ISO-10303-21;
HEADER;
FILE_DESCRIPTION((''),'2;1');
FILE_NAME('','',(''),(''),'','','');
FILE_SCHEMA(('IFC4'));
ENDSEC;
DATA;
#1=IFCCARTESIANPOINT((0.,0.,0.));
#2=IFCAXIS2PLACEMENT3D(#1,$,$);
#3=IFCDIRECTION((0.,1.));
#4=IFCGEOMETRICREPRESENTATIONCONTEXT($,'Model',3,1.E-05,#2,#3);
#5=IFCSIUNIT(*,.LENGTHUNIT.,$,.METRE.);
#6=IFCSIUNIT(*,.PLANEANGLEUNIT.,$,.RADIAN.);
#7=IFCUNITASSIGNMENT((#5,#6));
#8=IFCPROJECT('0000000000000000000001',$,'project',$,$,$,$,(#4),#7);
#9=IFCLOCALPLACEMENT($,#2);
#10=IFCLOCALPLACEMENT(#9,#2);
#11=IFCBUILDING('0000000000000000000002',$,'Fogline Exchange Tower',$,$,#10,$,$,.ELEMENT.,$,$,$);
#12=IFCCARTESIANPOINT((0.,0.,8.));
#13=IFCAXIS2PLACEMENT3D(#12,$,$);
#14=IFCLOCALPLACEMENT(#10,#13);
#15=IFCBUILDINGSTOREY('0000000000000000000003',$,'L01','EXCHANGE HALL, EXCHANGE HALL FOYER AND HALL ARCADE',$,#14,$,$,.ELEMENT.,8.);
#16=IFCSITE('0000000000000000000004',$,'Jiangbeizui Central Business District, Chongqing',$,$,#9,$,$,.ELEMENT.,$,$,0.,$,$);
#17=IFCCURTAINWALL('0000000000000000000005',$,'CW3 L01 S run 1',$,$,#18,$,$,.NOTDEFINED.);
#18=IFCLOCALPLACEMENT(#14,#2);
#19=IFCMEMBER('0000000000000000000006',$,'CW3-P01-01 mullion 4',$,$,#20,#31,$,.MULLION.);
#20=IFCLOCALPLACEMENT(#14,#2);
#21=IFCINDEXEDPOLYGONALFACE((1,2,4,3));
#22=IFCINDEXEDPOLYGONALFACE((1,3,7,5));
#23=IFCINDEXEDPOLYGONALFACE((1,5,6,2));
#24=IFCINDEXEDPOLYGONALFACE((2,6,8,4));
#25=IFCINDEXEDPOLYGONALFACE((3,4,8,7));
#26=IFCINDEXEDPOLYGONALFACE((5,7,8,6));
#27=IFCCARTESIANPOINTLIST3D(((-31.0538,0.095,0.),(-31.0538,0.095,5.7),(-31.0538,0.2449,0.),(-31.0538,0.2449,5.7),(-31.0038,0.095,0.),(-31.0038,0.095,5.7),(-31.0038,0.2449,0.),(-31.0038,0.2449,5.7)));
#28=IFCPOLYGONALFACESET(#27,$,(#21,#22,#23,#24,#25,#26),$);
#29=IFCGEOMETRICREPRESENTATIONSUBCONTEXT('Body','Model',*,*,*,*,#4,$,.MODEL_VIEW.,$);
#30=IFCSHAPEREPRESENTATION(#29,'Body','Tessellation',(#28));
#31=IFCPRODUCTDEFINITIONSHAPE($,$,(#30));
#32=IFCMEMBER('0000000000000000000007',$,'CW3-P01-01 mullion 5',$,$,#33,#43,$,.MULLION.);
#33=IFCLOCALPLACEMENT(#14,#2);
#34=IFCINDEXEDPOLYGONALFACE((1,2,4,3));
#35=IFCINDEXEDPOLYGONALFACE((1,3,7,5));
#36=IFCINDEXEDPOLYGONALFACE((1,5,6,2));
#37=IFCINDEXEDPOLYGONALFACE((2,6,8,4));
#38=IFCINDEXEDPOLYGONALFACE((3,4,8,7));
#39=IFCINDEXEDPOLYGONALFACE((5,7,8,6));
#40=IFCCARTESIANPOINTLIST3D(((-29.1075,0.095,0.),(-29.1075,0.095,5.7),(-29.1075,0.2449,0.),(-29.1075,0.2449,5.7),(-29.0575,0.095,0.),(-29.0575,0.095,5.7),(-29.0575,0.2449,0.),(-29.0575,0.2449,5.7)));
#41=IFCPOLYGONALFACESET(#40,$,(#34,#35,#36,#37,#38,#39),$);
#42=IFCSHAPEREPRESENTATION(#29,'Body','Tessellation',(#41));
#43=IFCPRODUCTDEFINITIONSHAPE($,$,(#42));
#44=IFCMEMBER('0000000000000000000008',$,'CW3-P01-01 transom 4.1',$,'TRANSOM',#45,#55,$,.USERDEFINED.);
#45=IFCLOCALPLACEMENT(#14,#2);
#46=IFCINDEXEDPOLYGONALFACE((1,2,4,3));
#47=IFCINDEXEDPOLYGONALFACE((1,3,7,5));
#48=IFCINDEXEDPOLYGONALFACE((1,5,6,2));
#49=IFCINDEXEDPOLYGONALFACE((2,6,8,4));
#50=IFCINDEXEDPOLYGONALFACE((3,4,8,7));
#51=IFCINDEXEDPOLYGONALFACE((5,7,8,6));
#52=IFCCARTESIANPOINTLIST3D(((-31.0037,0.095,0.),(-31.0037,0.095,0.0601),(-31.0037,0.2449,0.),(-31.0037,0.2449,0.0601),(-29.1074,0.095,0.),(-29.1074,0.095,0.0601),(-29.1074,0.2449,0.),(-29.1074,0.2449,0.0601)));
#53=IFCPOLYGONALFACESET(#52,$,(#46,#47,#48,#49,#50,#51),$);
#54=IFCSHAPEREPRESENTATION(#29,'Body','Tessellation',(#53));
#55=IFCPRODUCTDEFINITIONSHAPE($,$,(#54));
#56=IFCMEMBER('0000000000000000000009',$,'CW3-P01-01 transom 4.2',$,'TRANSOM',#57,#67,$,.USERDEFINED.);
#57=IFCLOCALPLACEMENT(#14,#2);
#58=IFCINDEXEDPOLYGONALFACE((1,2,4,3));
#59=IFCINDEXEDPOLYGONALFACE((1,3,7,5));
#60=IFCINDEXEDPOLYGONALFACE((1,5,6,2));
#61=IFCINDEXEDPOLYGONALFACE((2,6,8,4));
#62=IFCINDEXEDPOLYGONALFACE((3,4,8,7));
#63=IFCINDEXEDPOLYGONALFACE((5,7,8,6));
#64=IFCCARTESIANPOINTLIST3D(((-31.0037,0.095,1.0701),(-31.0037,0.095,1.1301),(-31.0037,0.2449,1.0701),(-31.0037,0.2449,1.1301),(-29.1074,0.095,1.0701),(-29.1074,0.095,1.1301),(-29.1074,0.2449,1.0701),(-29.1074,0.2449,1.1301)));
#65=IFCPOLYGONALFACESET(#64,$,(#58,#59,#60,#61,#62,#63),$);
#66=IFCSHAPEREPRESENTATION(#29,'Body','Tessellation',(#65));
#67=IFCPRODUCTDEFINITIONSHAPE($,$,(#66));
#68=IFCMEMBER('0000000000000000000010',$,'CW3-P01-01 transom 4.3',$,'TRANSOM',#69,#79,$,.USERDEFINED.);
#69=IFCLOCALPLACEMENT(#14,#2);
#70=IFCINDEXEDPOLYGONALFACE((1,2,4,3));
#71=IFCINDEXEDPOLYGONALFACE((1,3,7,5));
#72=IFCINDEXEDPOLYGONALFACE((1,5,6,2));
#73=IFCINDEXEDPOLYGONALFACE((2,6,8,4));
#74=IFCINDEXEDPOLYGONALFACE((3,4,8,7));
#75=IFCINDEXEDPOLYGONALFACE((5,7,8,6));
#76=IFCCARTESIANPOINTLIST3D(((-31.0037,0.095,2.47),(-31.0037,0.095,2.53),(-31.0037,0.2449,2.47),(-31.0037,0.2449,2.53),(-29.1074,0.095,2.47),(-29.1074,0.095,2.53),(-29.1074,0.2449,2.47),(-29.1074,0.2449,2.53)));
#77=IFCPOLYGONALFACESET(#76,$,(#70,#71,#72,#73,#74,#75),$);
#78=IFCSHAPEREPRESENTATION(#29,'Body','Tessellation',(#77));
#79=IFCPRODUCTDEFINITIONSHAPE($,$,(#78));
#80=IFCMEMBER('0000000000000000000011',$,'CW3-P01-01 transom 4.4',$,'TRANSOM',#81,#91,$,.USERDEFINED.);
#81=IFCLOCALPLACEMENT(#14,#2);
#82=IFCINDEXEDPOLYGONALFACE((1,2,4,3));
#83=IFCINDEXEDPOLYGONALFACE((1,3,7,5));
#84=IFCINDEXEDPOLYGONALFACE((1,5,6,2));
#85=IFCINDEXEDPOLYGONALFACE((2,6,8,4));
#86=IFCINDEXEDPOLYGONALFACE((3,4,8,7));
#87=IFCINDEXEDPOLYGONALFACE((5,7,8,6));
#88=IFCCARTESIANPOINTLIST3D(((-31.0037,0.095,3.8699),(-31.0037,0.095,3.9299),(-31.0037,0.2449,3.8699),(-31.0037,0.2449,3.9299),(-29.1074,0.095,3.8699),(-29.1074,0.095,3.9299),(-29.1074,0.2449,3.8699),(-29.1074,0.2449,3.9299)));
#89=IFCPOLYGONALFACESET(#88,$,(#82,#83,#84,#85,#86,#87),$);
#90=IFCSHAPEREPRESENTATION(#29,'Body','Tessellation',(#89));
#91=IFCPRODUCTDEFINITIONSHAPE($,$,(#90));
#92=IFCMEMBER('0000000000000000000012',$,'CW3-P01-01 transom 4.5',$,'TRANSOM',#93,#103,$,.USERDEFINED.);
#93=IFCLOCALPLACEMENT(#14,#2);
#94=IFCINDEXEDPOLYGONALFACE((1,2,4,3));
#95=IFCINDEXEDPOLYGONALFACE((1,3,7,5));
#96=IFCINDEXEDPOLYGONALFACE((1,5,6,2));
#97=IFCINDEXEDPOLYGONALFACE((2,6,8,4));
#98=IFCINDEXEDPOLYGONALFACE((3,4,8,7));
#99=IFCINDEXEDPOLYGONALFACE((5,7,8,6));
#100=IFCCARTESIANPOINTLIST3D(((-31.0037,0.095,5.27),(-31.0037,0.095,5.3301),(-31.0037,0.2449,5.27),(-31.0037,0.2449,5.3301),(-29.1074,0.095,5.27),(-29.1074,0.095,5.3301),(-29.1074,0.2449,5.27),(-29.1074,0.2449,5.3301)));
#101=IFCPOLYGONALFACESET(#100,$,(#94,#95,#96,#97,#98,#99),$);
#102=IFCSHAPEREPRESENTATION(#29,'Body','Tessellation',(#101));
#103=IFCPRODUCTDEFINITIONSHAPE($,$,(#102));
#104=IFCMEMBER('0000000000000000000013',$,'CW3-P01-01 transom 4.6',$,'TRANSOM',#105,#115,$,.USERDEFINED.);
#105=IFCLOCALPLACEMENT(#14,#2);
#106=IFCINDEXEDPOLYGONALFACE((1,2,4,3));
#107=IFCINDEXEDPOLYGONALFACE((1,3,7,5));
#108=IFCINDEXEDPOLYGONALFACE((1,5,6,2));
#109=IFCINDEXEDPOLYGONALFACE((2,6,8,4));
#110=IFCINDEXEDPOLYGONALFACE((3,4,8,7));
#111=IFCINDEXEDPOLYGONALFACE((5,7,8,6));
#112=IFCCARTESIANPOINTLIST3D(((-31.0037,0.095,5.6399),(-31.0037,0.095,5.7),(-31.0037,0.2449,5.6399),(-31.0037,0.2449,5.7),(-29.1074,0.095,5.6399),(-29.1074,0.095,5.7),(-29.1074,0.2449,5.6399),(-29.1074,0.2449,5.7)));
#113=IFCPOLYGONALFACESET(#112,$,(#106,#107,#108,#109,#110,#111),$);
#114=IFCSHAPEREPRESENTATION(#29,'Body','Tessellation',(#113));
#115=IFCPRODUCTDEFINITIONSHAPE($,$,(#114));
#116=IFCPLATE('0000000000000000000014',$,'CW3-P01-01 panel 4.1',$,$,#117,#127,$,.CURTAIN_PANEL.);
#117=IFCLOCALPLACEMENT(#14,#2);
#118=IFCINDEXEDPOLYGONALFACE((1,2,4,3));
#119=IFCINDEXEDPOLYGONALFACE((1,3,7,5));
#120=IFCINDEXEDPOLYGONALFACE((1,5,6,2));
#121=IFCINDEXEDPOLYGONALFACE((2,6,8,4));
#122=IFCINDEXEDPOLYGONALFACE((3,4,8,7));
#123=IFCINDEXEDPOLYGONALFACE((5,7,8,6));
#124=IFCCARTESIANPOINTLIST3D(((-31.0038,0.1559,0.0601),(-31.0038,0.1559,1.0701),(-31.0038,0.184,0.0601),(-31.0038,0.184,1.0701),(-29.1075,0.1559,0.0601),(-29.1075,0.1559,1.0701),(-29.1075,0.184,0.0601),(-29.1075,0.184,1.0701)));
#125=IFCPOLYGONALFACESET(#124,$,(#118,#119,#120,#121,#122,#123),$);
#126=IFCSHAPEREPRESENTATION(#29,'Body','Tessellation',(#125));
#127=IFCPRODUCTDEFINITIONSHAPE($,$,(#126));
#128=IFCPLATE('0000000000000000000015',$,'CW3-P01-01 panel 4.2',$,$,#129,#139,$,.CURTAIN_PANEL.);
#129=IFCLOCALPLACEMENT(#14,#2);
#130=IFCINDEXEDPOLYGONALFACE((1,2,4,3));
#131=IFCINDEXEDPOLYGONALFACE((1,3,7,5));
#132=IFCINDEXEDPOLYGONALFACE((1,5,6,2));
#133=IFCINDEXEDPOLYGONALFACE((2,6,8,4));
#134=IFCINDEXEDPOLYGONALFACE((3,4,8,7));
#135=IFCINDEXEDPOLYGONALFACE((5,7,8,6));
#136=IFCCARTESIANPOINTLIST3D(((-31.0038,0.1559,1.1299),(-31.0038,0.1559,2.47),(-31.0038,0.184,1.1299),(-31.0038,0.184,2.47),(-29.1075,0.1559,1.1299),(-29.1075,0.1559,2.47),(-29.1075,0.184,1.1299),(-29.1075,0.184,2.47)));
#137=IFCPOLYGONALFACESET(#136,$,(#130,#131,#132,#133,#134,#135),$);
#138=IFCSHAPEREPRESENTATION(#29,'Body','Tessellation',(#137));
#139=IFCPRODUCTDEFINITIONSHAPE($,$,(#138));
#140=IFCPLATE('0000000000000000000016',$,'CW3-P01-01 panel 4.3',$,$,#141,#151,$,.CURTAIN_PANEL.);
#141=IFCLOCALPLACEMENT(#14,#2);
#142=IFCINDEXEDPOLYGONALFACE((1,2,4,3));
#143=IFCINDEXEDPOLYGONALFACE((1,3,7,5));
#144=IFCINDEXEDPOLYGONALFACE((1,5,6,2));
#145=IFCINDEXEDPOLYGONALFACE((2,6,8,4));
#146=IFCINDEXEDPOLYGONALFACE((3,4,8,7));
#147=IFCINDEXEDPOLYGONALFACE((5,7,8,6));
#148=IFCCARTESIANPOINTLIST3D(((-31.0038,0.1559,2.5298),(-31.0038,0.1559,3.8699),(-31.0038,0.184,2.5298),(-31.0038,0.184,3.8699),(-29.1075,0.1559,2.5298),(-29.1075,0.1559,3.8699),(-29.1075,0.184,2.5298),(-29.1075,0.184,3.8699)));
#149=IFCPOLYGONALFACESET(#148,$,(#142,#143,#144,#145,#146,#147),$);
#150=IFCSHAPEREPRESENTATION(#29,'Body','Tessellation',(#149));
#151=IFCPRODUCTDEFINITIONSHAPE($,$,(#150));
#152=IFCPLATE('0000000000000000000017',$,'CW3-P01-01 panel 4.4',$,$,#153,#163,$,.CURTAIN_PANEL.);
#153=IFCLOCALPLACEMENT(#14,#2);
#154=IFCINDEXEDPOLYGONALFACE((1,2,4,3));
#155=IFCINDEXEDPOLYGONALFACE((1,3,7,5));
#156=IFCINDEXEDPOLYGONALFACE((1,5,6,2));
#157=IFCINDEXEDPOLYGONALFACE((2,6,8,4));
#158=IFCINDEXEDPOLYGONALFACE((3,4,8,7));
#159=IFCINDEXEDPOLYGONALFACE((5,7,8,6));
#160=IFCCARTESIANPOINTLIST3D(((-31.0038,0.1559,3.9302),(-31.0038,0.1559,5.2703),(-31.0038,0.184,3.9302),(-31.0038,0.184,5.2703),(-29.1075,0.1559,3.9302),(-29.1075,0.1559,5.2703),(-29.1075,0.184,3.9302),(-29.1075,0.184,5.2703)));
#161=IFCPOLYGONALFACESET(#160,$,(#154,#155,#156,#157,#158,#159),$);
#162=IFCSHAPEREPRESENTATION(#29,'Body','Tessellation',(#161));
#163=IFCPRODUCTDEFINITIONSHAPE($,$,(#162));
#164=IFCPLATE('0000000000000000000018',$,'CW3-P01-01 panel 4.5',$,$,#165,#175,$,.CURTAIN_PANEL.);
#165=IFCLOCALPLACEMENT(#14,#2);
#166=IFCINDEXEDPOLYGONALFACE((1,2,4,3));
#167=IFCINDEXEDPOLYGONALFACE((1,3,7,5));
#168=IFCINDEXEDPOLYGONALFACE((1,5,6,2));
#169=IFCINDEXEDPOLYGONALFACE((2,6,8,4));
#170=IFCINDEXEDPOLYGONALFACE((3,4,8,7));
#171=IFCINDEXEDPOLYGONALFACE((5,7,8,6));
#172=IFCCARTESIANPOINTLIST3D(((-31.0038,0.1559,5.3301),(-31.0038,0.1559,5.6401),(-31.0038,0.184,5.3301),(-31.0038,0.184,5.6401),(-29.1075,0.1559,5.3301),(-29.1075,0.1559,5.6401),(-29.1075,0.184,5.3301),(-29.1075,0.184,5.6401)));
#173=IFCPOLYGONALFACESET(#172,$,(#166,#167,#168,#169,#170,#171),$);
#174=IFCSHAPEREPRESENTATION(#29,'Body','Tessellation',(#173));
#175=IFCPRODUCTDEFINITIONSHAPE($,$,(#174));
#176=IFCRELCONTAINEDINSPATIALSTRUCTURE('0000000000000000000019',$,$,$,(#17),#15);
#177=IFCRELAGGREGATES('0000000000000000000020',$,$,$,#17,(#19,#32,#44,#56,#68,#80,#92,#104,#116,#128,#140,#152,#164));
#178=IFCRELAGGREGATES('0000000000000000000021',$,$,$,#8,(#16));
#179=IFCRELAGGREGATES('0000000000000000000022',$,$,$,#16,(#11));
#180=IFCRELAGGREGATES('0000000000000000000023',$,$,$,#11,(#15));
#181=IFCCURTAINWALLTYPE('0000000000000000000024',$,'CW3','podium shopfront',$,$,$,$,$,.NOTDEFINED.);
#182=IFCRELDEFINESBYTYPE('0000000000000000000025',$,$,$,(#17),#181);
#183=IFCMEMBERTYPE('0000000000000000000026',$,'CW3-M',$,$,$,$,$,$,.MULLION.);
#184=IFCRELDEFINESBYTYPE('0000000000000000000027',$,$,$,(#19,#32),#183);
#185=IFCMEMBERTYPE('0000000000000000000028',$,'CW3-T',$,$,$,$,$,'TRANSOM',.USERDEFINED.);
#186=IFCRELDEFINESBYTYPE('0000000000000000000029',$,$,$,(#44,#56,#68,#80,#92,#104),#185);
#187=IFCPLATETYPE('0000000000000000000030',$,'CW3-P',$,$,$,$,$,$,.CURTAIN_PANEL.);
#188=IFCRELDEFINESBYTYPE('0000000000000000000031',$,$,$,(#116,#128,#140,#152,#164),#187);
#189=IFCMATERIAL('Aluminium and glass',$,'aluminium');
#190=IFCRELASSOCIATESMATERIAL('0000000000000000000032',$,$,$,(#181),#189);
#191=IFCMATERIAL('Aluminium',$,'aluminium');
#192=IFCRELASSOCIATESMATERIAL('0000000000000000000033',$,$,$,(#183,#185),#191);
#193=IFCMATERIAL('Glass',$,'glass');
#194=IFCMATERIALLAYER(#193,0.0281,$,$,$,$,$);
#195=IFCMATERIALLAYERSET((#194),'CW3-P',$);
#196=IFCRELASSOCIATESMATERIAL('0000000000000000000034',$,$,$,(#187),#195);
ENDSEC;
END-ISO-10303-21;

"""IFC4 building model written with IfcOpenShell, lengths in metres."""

from ifc_helpers import new_model, si_unit, direction, frame, origin, origin_2d, place, context, subcontext, project, spatial, rectangle, extrude, material, layer, layer_set, material_profile, profile_set, type_object, element, aggregate, save


model = new_model("IFC4")

# Units and contexts
model_context = context("Model", 3, precision=1e-05, world=origin(), true_north=direction((0.0, 1.0)))
body_context = subcontext(model_context, "Body", "Model", "MODEL_VIEW")
ifc_project = project(units=[si_unit("LENGTHUNIT", "METRE"), si_unit("PLANEANGLEUNIT", "RADIAN")], contexts=[model_context])

# Site, building, storey
site_placement = place(None, origin())
site = spatial("IfcSite", under=ifc_project, at=site_placement, Name="Jiangbeizui Central Business District, Chongqing", CompositionType="ELEMENT", RefElevation=0.0)
building_placement = place(site_placement, origin())
building = spatial("IfcBuilding", under=site, at=building_placement, Name="Fogline Exchange Tower", CompositionType="ELEMENT")
storey_placement = place(building_placement, frame((0.0, 0.0, 8.0)))
storey = spatial("IfcBuildingStorey", under=building, at=storey_placement, Name="L01", Description="EXCHANGE HALL, EXCHANGE HALL FOYER AND HALL ARCADE", CompositionType="ELEMENT", Elevation=8.0)

# Curtain wall, members, plates
ifc_material_1 = material(Name="Aluminium and glass", Category="aluminium")
curtain_wall_type = type_object("IfcCurtainWallType", Name="CW3", Description="podium shopfront", PredefinedType="NOTDEFINED", material=ifc_material_1)
curtain_wall_placement = place(storey_placement, origin())
curtain_wall = element("IfcCurtainWall", 1, at=curtain_wall_placement, inside=storey, type_object=curtain_wall_type, Name="CW3 L01 S run 1", PredefinedType="NOTDEFINED")
ifc_material_2 = material(Name="Aluminium", Category="aluminium")
ifc_material_profile_1 = material_profile(ifc_material_2, rectangle(XDim=0.1499, YDim=0.05, at=origin_2d()), Name="Mullion 50x150")
ifc_profile_set_1 = profile_set([ifc_material_profile_1], Name="Aluminium")
member_type_1 = type_object("IfcMemberType", Name="CW3-M", PredefinedType="MULLION", material=ifc_profile_set_1)
member_1_placement = place(storey_placement, frame((-31.0288, 0.1699, 0.0), z_axis=(0.0, 0.0, 1.0), x_axis=(0.0, 1.0, 0.0)))
member_1 = element("IfcMember", 2, at=member_1_placement, type_object=member_type_1, Name="CW3-P01-01 mullion 4", PredefinedType="MULLION", context=body_context, shape_type="SweptSolid", body=[
    extrude(rectangle(XDim=0.1499, YDim=0.05, at=origin_2d()), origin(), (0.0, 0.0, 1.0), 5.7),
])
member_2_placement = place(storey_placement, frame((-29.0825, 0.1699, 0.0), z_axis=(0.0, 0.0, 1.0), x_axis=(0.0, 1.0, 0.0)))
member_2 = element("IfcMember", 3, at=member_2_placement, type_object=member_type_1, Name="CW3-P01-01 mullion 5", PredefinedType="MULLION", context=body_context, shape_type="SweptSolid", body=[
    extrude(rectangle(XDim=0.1499, YDim=0.05, at=origin_2d()), origin(), (0.0, 0.0, 1.0), 5.7),
])
ifc_material_profile_2 = material_profile(ifc_material_2, rectangle(XDim=0.1499, YDim=0.0601, at=origin_2d()), Name="Transom 60x150")
ifc_profile_set_2 = profile_set([ifc_material_profile_2], Name="Aluminium")
member_type_2 = type_object("IfcMemberType", Name="CW3-T", ElementType="TRANSOM", PredefinedType="USERDEFINED", material=ifc_profile_set_2)
member_3_placement = place(storey_placement, frame((-31.0037, 0.1699, 0.03), z_axis=(1.0, 0.0, 0.0), x_axis=(0.0, 1.0, 0.0)))
member_3 = element("IfcMember", 4, at=member_3_placement, type_object=member_type_2, Name="CW3-P01-01 transom 4.1", ObjectType="TRANSOM", PredefinedType="USERDEFINED", context=body_context, shape_type="SweptSolid", body=[
    extrude(rectangle(XDim=0.1499, YDim=0.0601, at=origin_2d()), origin(), (0.0, 0.0, 1.0), 1.8962),
])
member_4_placement = place(storey_placement, frame((-31.0037, 0.1699, 1.1001), z_axis=(1.0, 0.0, 0.0), x_axis=(0.0, 1.0, 0.0)))
member_4 = element("IfcMember", 5, at=member_4_placement, type_object=member_type_2, Name="CW3-P01-01 transom 4.2", ObjectType="TRANSOM", PredefinedType="USERDEFINED", context=body_context, shape_type="SweptSolid", body=[
    extrude(rectangle(XDim=0.1499, YDim=0.0601, at=origin_2d()), origin(), (0.0, 0.0, 1.0), 1.8962),
])
member_5_placement = place(storey_placement, frame((-31.0037, 0.1699, 2.5), z_axis=(1.0, 0.0, 0.0), x_axis=(0.0, 1.0, 0.0)))
member_5 = element("IfcMember", 6, at=member_5_placement, type_object=member_type_2, Name="CW3-P01-01 transom 4.3", ObjectType="TRANSOM", PredefinedType="USERDEFINED", context=body_context, shape_type="SweptSolid", body=[
    extrude(rectangle(XDim=0.1499, YDim=0.0601, at=origin_2d()), origin(), (0.0, 0.0, 1.0), 1.8962),
])
member_6_placement = place(storey_placement, frame((-31.0037, 0.1699, 3.8999), z_axis=(1.0, 0.0, 0.0), x_axis=(0.0, 1.0, 0.0)))
member_6 = element("IfcMember", 7, at=member_6_placement, type_object=member_type_2, Name="CW3-P01-01 transom 4.4", ObjectType="TRANSOM", PredefinedType="USERDEFINED", context=body_context, shape_type="SweptSolid", body=[
    extrude(rectangle(XDim=0.1499, YDim=0.0601, at=origin_2d()), origin(), (0.0, 0.0, 1.0), 1.8962),
])
member_7_placement = place(storey_placement, frame((-31.0037, 0.1699, 5.3), z_axis=(1.0, 0.0, 0.0), x_axis=(0.0, 1.0, 0.0)))
member_7 = element("IfcMember", 8, at=member_7_placement, type_object=member_type_2, Name="CW3-P01-01 transom 4.5", ObjectType="TRANSOM", PredefinedType="USERDEFINED", context=body_context, shape_type="SweptSolid", body=[
    extrude(rectangle(XDim=0.1499, YDim=0.0601, at=origin_2d()), origin(), (0.0, 0.0, 1.0), 1.8962),
])
member_8_placement = place(storey_placement, frame((-31.0037, 0.1699, 5.6699), z_axis=(1.0, 0.0, 0.0), x_axis=(0.0, 1.0, 0.0)))
member_8 = element("IfcMember", 9, at=member_8_placement, type_object=member_type_2, Name="CW3-P01-01 transom 4.6", ObjectType="TRANSOM", PredefinedType="USERDEFINED", context=body_context, shape_type="SweptSolid", body=[
    extrude(rectangle(XDim=0.1499, YDim=0.0601, at=origin_2d()), origin(), (0.0, 0.0, 1.0), 1.8962),
])
ifc_material_3 = material(Name="Glass", Category="glass")
ifc_layer_1 = layer(ifc_material_3, 0.0281)
ifc_layer_set_1 = layer_set([ifc_layer_1], Name="CW3-P")
plate_type = type_object("IfcPlateType", Name="CW3-P", PredefinedType="CURTAIN_PANEL", material=ifc_layer_set_1)
plate_1_placement = place(storey_placement, frame((-30.0557, 0.1699, 0.0601), z_axis=(0.0, 0.0, 1.0), x_axis=(1.0, 0.0, 0.0)))
plate_1 = element("IfcPlate", 10, at=plate_1_placement, type_object=plate_type, Name="CW3-P01-01 panel 4.1", PredefinedType="CURTAIN_PANEL", context=body_context, shape_type="SweptSolid", body=[
    extrude(rectangle(XDim=1.8962, YDim=0.0281, at=origin_2d()), origin(), (0.0, 0.0, 1.0), 1.01),
])
plate_2_placement = place(storey_placement, frame((-30.0557, 0.1699, 1.1299), z_axis=(0.0, 0.0, 1.0), x_axis=(1.0, 0.0, 0.0)))
plate_2 = element("IfcPlate", 11, at=plate_2_placement, type_object=plate_type, Name="CW3-P01-01 panel 4.2", PredefinedType="CURTAIN_PANEL", context=body_context, shape_type="SweptSolid", body=[
    extrude(rectangle(XDim=1.8962, YDim=0.0281, at=origin_2d()), origin(), (0.0, 0.0, 1.0), 1.3401),
])
plate_3_placement = place(storey_placement, frame((-30.0557, 0.1699, 2.5298), z_axis=(0.0, 0.0, 1.0), x_axis=(1.0, 0.0, 0.0)))
plate_3 = element("IfcPlate", 12, at=plate_3_placement, type_object=plate_type, Name="CW3-P01-01 panel 4.3", PredefinedType="CURTAIN_PANEL", context=body_context, shape_type="SweptSolid", body=[
    extrude(rectangle(XDim=1.8962, YDim=0.0281, at=origin_2d()), origin(), (0.0, 0.0, 1.0), 1.3401),
])
plate_4_placement = place(storey_placement, frame((-30.0557, 0.1699, 3.9302), z_axis=(0.0, 0.0, 1.0), x_axis=(1.0, 0.0, 0.0)))
plate_4 = element("IfcPlate", 13, at=plate_4_placement, type_object=plate_type, Name="CW3-P01-01 panel 4.4", PredefinedType="CURTAIN_PANEL", context=body_context, shape_type="SweptSolid", body=[
    extrude(rectangle(XDim=1.8962, YDim=0.0281, at=origin_2d()), origin(), (0.0, 0.0, 1.0), 1.3401),
])
plate_5_placement = place(storey_placement, frame((-30.0557, 0.1699, 5.3301), z_axis=(0.0, 0.0, 1.0), x_axis=(1.0, 0.0, 0.0)))
plate_5 = element("IfcPlate", 14, at=plate_5_placement, type_object=plate_type, Name="CW3-P01-01 panel 4.5", PredefinedType="CURTAIN_PANEL", context=body_context, shape_type="SweptSolid", body=[
    extrude(rectangle(XDim=1.8962, YDim=0.0281, at=origin_2d()), origin(), (0.0, 0.0, 1.0), 0.3101),
])
aggregate(curtain_wall, [member_1, member_2, member_3, member_4, member_5, member_6, member_7, member_8, plate_1, plate_2, plate_3, plate_4, plate_5])

save(model, "model.ifc")
